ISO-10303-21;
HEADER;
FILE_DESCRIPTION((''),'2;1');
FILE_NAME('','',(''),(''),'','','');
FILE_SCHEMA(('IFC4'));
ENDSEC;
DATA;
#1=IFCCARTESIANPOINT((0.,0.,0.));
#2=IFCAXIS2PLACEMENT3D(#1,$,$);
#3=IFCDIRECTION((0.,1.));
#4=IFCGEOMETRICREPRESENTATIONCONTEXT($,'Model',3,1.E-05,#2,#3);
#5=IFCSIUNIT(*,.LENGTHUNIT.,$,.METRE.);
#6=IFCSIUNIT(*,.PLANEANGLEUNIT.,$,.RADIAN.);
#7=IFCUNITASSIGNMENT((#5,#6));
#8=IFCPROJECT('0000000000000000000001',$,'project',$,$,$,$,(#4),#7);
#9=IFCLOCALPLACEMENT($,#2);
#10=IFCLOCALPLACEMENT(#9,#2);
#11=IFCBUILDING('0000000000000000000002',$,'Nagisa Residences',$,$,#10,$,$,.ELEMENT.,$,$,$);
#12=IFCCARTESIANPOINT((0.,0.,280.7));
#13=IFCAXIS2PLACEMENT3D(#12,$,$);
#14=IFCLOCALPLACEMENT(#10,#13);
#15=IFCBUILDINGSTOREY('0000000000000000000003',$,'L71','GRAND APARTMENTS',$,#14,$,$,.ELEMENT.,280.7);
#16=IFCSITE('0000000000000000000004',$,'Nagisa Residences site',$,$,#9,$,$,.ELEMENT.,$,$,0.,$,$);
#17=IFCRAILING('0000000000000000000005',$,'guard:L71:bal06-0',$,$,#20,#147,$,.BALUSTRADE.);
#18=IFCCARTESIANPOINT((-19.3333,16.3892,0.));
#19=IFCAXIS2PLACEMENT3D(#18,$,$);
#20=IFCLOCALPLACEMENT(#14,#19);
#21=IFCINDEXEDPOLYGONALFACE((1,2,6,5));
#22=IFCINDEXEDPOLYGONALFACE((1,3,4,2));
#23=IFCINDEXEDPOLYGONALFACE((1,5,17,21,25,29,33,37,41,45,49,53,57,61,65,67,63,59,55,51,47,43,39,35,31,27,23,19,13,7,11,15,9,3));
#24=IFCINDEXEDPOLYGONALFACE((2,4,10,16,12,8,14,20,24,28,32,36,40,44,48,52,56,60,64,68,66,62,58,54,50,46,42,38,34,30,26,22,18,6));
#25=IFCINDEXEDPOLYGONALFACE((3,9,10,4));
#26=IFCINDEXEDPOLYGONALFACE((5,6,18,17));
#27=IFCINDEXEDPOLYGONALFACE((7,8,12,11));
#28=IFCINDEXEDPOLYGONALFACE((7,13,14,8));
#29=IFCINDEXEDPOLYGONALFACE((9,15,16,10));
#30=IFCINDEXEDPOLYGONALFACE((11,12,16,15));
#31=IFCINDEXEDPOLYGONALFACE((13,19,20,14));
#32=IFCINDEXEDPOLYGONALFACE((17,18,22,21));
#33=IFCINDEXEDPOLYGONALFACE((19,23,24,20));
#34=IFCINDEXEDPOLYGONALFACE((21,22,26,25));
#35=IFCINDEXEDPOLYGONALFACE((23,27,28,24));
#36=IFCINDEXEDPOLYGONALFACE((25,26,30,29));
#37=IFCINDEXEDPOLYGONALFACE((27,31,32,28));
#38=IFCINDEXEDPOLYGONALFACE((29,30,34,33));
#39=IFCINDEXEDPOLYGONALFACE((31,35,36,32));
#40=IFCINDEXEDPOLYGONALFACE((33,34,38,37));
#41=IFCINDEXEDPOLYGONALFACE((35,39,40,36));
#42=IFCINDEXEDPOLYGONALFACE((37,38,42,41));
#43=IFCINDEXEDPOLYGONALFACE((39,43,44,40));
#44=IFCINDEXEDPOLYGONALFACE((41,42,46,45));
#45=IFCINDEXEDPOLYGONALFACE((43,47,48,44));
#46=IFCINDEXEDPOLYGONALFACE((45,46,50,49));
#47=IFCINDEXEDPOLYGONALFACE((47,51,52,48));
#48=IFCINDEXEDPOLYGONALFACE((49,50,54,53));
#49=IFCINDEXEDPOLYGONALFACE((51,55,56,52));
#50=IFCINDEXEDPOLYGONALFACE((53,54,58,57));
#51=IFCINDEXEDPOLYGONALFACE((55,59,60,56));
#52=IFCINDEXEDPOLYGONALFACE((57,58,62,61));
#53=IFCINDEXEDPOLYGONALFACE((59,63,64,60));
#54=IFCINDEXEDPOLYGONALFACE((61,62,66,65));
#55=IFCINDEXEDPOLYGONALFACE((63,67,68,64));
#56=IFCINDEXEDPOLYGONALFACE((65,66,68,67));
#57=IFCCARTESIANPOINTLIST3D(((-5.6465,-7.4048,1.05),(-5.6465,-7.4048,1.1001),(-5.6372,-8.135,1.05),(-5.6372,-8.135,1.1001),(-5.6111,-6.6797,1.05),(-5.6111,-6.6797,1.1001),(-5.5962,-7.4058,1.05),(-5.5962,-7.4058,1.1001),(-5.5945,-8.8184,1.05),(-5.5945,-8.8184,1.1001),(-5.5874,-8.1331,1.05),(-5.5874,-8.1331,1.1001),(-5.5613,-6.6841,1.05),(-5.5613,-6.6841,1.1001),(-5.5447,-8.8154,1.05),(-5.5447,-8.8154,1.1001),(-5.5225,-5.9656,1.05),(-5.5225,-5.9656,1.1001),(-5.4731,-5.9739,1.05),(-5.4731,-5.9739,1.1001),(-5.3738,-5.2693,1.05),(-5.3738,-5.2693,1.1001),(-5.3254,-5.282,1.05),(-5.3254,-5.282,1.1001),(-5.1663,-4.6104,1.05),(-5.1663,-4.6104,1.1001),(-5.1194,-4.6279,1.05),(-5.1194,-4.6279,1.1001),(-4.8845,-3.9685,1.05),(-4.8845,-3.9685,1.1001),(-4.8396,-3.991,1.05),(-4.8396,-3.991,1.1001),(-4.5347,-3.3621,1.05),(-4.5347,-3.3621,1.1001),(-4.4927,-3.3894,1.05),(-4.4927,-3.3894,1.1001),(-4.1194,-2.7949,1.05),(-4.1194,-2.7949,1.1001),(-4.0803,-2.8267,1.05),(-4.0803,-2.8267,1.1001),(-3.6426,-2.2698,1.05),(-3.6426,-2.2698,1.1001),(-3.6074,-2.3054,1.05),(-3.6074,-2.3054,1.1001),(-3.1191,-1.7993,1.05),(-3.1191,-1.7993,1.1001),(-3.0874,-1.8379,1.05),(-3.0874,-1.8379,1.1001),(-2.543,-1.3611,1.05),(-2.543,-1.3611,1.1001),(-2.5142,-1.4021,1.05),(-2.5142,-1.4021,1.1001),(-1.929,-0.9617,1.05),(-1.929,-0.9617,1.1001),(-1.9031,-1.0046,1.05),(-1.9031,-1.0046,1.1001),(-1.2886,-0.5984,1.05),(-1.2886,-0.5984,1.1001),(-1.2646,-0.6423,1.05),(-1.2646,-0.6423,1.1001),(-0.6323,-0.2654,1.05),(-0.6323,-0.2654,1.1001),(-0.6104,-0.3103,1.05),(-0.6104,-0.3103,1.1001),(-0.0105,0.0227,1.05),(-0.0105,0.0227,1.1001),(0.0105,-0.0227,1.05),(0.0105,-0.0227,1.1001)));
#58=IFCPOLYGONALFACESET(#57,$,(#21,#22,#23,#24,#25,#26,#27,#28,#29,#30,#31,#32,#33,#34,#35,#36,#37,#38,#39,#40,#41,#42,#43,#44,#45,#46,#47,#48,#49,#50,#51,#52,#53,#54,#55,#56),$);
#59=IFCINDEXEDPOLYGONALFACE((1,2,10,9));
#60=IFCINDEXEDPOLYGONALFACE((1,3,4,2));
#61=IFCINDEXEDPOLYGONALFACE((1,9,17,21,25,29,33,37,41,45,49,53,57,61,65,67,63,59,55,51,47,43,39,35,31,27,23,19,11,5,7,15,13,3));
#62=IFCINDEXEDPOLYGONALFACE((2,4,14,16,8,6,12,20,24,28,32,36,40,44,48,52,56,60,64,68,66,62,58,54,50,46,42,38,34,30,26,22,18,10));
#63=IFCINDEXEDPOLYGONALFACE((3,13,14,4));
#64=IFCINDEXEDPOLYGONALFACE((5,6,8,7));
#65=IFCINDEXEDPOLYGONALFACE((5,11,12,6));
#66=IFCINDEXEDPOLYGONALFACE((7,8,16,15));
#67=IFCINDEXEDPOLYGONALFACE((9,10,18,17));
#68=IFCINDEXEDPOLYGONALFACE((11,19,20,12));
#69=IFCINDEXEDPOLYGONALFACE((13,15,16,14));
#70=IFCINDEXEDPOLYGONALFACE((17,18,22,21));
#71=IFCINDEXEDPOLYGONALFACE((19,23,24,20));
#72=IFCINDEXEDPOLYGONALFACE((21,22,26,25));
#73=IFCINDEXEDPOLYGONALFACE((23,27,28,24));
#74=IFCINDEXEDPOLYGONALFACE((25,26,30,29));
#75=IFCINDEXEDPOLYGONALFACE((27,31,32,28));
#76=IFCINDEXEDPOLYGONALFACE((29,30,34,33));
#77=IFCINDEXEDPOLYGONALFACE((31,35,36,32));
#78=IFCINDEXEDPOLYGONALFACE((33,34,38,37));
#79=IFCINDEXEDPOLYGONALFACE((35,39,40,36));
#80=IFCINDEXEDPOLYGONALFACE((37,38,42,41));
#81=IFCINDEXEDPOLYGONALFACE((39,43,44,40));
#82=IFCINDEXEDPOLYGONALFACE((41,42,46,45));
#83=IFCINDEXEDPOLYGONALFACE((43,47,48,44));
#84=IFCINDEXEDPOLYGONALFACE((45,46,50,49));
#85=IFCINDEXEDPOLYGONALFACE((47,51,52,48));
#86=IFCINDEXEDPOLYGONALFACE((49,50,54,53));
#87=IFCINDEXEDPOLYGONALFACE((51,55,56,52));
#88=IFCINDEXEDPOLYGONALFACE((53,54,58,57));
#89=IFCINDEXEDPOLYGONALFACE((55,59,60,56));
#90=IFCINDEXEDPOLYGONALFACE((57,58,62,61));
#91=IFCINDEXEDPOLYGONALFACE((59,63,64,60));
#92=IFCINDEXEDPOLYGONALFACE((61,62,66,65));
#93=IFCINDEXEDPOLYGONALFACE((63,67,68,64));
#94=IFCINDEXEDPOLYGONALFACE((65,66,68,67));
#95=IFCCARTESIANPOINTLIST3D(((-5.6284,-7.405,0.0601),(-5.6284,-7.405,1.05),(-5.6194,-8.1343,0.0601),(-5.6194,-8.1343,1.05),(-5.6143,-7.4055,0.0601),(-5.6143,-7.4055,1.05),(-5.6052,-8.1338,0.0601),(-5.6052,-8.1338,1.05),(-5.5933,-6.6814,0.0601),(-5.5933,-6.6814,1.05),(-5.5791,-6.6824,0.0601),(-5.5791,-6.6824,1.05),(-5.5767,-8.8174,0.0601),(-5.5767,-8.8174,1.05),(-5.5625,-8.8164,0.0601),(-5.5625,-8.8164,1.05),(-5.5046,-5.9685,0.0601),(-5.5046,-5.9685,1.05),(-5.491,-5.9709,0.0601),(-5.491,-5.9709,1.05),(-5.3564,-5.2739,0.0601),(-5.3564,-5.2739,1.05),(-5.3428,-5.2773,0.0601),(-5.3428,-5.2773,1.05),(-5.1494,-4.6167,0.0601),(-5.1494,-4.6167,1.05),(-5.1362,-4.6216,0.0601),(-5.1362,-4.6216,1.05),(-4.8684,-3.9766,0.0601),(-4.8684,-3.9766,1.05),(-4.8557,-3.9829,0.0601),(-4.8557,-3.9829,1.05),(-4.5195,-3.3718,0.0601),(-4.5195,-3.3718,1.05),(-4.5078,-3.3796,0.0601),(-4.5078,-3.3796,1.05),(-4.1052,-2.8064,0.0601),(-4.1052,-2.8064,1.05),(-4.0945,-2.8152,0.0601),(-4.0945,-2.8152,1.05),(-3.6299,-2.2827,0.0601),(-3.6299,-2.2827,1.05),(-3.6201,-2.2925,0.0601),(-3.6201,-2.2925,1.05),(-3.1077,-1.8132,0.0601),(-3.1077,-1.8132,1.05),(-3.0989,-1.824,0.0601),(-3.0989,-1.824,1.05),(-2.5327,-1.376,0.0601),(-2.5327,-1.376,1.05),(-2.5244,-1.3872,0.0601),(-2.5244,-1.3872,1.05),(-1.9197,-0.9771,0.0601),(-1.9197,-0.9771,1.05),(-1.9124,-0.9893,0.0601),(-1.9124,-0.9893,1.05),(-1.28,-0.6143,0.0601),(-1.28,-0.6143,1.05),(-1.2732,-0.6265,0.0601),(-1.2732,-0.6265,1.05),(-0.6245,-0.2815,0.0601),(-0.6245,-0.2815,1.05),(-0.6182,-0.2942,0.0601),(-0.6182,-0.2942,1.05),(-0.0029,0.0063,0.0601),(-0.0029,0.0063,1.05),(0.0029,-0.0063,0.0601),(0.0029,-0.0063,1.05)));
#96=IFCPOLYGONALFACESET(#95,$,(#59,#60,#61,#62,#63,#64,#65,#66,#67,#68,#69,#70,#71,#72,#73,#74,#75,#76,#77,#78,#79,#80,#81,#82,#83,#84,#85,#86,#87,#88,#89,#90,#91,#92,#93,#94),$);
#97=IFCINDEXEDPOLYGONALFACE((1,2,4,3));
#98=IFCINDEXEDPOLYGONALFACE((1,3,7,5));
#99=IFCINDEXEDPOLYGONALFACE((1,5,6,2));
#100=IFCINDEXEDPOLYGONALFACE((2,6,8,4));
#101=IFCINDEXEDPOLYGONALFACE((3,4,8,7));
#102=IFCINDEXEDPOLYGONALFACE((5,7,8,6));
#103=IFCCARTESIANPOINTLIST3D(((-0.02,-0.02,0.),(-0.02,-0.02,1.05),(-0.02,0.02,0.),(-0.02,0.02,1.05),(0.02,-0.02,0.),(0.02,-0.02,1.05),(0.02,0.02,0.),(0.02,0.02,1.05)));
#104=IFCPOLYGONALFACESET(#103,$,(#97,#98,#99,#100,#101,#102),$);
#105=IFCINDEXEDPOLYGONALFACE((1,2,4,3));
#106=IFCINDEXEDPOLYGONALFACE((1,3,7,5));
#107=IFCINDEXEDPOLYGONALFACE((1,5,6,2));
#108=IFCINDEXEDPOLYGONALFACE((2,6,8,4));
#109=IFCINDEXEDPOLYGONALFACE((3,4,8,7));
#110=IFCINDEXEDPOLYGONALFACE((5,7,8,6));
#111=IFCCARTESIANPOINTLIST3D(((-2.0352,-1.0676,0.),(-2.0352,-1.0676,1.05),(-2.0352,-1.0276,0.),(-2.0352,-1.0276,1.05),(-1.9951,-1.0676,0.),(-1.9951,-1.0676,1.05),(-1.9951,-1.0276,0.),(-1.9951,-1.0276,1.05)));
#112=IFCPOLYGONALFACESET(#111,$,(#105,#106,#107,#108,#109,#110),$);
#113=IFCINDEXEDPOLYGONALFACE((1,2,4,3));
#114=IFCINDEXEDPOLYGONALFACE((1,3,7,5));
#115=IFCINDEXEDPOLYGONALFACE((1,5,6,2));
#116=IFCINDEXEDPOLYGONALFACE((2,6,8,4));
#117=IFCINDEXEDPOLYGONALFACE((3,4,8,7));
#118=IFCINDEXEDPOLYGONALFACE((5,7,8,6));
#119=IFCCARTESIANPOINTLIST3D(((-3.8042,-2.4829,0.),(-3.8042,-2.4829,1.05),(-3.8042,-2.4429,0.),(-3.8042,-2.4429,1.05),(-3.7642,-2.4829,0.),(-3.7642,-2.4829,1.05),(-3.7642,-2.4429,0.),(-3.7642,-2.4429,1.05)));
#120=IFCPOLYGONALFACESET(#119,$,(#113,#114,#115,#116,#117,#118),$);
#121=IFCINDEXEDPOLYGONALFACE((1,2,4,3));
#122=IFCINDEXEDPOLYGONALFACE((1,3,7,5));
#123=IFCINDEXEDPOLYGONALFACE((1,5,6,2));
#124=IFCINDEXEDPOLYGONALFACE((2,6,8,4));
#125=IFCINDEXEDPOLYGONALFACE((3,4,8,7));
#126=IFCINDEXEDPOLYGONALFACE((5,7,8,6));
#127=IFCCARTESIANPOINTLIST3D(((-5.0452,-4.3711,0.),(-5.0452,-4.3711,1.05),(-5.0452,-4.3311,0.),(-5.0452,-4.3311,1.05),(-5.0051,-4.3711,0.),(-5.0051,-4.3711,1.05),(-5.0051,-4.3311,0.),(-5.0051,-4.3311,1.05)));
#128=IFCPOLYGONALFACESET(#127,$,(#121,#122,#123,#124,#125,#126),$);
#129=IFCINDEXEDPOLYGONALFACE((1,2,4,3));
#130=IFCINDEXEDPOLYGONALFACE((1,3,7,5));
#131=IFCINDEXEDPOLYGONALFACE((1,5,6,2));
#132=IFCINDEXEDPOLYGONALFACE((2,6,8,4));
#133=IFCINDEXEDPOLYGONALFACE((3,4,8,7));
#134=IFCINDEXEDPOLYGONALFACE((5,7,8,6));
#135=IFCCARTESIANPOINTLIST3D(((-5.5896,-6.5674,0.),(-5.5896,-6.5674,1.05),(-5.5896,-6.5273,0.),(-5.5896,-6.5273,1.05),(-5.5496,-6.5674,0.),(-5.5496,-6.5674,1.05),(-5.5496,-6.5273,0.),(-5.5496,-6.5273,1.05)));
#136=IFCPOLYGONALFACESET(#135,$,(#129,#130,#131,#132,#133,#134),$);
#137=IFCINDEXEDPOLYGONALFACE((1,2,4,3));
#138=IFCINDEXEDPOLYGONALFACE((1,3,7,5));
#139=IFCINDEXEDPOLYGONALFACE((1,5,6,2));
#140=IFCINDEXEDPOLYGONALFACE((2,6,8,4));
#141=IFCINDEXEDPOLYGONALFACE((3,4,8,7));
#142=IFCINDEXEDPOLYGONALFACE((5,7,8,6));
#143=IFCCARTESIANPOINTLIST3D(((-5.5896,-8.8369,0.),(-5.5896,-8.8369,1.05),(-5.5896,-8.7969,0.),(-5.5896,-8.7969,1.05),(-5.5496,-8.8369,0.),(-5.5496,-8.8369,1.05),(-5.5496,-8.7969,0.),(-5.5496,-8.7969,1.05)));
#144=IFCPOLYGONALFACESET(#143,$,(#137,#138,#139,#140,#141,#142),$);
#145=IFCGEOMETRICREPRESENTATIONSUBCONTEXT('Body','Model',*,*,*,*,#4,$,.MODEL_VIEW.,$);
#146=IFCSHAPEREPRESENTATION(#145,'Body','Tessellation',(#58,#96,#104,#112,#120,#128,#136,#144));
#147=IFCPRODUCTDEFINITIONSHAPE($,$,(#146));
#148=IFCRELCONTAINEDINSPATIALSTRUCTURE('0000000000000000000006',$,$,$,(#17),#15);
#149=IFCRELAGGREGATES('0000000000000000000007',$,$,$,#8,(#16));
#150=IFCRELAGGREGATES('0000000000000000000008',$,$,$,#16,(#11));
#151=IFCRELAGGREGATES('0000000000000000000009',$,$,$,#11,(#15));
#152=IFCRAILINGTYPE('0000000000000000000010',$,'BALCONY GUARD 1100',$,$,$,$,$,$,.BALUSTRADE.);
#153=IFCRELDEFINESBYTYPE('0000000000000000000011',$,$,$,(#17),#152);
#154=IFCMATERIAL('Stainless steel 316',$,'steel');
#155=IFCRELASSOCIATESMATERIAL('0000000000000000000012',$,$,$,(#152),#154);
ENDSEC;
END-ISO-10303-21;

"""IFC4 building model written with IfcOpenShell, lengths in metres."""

from ifc_helpers import new_model, si_unit, direction, frame, origin, origin_2d, place, context, subcontext, project, spatial, polyline, rectangle, outline, extrude, material, type_object, element, save


model = new_model("IFC4")

# Units and contexts
model_context = context("Model", 3, precision=1e-05, world=origin(), true_north=direction((0.0, 1.0)))
body_context = subcontext(model_context, "Body", "Model", "MODEL_VIEW")
ifc_project = project(units=[si_unit("LENGTHUNIT", "METRE"), si_unit("PLANEANGLEUNIT", "RADIAN")], contexts=[model_context])

# Site, building, storey
site_placement = place(None, origin())
site = spatial("IfcSite", under=ifc_project, at=site_placement, Name="Nagisa Residences site", CompositionType="ELEMENT", RefElevation=0.0)
building_placement = place(site_placement, origin())
building = spatial("IfcBuilding", under=site, at=building_placement, Name="Nagisa Residences", CompositionType="ELEMENT")
storey_placement = place(building_placement, frame((0.0, 0.0, 280.7)))
storey = spatial("IfcBuildingStorey", under=building, at=storey_placement, Name="L71", Description="GRAND APARTMENTS", CompositionType="ELEMENT", Elevation=280.7)

# Railing
ifc_material_1 = material(Name="Stainless steel 316", Category="steel")
railing_type = type_object("IfcRailingType", Name="BALCONY GUARD 1100", PredefinedType="BALUSTRADE", material=ifc_material_1)
railing_1_placement = place(storey_placement, frame((-19.3333, 16.3892, 0.0)))
element("IfcRailing", 1, at=railing_1_placement, inside=storey, type_object=railing_type, Name="guard:L71:bal06-0", PredefinedType="BALUSTRADE", context=body_context, shape_type="SweptSolid", body=[
    extrude(outline(polyline([(-0.6104, -0.3103), (0.0105, -0.0227), (-0.0105, 0.0227), (-0.6323, -0.2654), (-1.2886, -0.5984), (-1.929, -0.9617), (-2.543, -1.3611), (-3.1191, -1.7993), (-3.6426, -2.2698), (-4.1194, -2.7949), (-4.5347, -3.3621), (-4.8845, -3.9685), (-5.1663, -4.6104), (-5.3738, -5.2693), (-5.5225, -5.9656), (-5.6111, -6.6797), (-5.6465, -7.4048), (-5.6372, -8.135), (-5.5945, -8.8184), (-5.5447, -8.8154), (-5.5874, -8.1331), (-5.5962, -7.4058), (-5.5613, -6.6841), (-5.4731, -5.9739), (-5.3254, -5.282), (-5.1194, -4.6279), (-4.8396, -3.991), (-4.4927, -3.3894), (-4.0803, -2.8267), (-3.6074, -2.3054), (-3.0874, -1.8379), (-2.5142, -1.4021), (-1.9031, -1.0046), (-1.2646, -0.6423), (-0.6104, -0.3103)])), frame((0.0, 0.0, 1.05)), (0.0, 0.0, 1.0), 0.05),
    extrude(outline(polyline([(-0.6182, -0.2942), (0.0029, -0.0063), (-0.0029, 0.0063), (-0.6245, -0.2815), (-1.28, -0.6143), (-1.9197, -0.9771), (-2.5327, -1.376), (-3.1077, -1.8132), (-3.6299, -2.2827), (-4.1052, -2.8064), (-4.5195, -3.3718), (-4.8684, -3.9766), (-5.1494, -4.6167), (-5.3564, -5.2739), (-5.5046, -5.9685), (-5.5933, -6.6814), (-5.6284, -7.405), (-5.6194, -8.1343), (-5.5767, -8.8174), (-5.5625, -8.8164), (-5.6052, -8.1338), (-5.6143, -7.4055), (-5.5791, -6.6824), (-5.491, -5.9709), (-5.3428, -5.2773), (-5.1362, -4.6216), (-4.8557, -3.9829), (-4.5078, -3.3796), (-4.0945, -2.8152), (-3.6201, -2.2925), (-3.0989, -1.824), (-2.5244, -1.3872), (-1.9124, -0.9893), (-1.2732, -0.6265), (-0.6182, -0.2942)])), frame((0.0, 0.0, 0.0601)), (0.0, 0.0, 1.0), 0.99),
    extrude(rectangle(XDim=0.04, YDim=0.04, at=origin_2d()), origin(), (0.0, 0.0, 1.0), 1.05),
    extrude(rectangle(XDim=0.04, YDim=0.04, at=origin_2d()), frame((-2.0151, -1.0476, 0.0)), (0.0, 0.0, 1.0), 1.05),
    extrude(rectangle(XDim=0.04, YDim=0.04, at=origin_2d()), frame((-3.7842, -2.4629, 0.0)), (0.0, 0.0, 1.0), 1.05),
    extrude(rectangle(XDim=0.04, YDim=0.04, at=origin_2d()), frame((-5.0251, -4.3511, 0.0)), (0.0, 0.0, 1.0), 1.05),
    extrude(rectangle(XDim=0.04, YDim=0.04, at=origin_2d()), frame((-5.5696, -6.5474, 0.0)), (0.0, 0.0, 1.0), 1.05),
    extrude(rectangle(XDim=0.04, YDim=0.04, at=origin_2d()), frame((-5.5696, -8.8169, 0.0)), (0.0, 0.0, 1.0), 1.05),
])

save(model, "model.ifc")
